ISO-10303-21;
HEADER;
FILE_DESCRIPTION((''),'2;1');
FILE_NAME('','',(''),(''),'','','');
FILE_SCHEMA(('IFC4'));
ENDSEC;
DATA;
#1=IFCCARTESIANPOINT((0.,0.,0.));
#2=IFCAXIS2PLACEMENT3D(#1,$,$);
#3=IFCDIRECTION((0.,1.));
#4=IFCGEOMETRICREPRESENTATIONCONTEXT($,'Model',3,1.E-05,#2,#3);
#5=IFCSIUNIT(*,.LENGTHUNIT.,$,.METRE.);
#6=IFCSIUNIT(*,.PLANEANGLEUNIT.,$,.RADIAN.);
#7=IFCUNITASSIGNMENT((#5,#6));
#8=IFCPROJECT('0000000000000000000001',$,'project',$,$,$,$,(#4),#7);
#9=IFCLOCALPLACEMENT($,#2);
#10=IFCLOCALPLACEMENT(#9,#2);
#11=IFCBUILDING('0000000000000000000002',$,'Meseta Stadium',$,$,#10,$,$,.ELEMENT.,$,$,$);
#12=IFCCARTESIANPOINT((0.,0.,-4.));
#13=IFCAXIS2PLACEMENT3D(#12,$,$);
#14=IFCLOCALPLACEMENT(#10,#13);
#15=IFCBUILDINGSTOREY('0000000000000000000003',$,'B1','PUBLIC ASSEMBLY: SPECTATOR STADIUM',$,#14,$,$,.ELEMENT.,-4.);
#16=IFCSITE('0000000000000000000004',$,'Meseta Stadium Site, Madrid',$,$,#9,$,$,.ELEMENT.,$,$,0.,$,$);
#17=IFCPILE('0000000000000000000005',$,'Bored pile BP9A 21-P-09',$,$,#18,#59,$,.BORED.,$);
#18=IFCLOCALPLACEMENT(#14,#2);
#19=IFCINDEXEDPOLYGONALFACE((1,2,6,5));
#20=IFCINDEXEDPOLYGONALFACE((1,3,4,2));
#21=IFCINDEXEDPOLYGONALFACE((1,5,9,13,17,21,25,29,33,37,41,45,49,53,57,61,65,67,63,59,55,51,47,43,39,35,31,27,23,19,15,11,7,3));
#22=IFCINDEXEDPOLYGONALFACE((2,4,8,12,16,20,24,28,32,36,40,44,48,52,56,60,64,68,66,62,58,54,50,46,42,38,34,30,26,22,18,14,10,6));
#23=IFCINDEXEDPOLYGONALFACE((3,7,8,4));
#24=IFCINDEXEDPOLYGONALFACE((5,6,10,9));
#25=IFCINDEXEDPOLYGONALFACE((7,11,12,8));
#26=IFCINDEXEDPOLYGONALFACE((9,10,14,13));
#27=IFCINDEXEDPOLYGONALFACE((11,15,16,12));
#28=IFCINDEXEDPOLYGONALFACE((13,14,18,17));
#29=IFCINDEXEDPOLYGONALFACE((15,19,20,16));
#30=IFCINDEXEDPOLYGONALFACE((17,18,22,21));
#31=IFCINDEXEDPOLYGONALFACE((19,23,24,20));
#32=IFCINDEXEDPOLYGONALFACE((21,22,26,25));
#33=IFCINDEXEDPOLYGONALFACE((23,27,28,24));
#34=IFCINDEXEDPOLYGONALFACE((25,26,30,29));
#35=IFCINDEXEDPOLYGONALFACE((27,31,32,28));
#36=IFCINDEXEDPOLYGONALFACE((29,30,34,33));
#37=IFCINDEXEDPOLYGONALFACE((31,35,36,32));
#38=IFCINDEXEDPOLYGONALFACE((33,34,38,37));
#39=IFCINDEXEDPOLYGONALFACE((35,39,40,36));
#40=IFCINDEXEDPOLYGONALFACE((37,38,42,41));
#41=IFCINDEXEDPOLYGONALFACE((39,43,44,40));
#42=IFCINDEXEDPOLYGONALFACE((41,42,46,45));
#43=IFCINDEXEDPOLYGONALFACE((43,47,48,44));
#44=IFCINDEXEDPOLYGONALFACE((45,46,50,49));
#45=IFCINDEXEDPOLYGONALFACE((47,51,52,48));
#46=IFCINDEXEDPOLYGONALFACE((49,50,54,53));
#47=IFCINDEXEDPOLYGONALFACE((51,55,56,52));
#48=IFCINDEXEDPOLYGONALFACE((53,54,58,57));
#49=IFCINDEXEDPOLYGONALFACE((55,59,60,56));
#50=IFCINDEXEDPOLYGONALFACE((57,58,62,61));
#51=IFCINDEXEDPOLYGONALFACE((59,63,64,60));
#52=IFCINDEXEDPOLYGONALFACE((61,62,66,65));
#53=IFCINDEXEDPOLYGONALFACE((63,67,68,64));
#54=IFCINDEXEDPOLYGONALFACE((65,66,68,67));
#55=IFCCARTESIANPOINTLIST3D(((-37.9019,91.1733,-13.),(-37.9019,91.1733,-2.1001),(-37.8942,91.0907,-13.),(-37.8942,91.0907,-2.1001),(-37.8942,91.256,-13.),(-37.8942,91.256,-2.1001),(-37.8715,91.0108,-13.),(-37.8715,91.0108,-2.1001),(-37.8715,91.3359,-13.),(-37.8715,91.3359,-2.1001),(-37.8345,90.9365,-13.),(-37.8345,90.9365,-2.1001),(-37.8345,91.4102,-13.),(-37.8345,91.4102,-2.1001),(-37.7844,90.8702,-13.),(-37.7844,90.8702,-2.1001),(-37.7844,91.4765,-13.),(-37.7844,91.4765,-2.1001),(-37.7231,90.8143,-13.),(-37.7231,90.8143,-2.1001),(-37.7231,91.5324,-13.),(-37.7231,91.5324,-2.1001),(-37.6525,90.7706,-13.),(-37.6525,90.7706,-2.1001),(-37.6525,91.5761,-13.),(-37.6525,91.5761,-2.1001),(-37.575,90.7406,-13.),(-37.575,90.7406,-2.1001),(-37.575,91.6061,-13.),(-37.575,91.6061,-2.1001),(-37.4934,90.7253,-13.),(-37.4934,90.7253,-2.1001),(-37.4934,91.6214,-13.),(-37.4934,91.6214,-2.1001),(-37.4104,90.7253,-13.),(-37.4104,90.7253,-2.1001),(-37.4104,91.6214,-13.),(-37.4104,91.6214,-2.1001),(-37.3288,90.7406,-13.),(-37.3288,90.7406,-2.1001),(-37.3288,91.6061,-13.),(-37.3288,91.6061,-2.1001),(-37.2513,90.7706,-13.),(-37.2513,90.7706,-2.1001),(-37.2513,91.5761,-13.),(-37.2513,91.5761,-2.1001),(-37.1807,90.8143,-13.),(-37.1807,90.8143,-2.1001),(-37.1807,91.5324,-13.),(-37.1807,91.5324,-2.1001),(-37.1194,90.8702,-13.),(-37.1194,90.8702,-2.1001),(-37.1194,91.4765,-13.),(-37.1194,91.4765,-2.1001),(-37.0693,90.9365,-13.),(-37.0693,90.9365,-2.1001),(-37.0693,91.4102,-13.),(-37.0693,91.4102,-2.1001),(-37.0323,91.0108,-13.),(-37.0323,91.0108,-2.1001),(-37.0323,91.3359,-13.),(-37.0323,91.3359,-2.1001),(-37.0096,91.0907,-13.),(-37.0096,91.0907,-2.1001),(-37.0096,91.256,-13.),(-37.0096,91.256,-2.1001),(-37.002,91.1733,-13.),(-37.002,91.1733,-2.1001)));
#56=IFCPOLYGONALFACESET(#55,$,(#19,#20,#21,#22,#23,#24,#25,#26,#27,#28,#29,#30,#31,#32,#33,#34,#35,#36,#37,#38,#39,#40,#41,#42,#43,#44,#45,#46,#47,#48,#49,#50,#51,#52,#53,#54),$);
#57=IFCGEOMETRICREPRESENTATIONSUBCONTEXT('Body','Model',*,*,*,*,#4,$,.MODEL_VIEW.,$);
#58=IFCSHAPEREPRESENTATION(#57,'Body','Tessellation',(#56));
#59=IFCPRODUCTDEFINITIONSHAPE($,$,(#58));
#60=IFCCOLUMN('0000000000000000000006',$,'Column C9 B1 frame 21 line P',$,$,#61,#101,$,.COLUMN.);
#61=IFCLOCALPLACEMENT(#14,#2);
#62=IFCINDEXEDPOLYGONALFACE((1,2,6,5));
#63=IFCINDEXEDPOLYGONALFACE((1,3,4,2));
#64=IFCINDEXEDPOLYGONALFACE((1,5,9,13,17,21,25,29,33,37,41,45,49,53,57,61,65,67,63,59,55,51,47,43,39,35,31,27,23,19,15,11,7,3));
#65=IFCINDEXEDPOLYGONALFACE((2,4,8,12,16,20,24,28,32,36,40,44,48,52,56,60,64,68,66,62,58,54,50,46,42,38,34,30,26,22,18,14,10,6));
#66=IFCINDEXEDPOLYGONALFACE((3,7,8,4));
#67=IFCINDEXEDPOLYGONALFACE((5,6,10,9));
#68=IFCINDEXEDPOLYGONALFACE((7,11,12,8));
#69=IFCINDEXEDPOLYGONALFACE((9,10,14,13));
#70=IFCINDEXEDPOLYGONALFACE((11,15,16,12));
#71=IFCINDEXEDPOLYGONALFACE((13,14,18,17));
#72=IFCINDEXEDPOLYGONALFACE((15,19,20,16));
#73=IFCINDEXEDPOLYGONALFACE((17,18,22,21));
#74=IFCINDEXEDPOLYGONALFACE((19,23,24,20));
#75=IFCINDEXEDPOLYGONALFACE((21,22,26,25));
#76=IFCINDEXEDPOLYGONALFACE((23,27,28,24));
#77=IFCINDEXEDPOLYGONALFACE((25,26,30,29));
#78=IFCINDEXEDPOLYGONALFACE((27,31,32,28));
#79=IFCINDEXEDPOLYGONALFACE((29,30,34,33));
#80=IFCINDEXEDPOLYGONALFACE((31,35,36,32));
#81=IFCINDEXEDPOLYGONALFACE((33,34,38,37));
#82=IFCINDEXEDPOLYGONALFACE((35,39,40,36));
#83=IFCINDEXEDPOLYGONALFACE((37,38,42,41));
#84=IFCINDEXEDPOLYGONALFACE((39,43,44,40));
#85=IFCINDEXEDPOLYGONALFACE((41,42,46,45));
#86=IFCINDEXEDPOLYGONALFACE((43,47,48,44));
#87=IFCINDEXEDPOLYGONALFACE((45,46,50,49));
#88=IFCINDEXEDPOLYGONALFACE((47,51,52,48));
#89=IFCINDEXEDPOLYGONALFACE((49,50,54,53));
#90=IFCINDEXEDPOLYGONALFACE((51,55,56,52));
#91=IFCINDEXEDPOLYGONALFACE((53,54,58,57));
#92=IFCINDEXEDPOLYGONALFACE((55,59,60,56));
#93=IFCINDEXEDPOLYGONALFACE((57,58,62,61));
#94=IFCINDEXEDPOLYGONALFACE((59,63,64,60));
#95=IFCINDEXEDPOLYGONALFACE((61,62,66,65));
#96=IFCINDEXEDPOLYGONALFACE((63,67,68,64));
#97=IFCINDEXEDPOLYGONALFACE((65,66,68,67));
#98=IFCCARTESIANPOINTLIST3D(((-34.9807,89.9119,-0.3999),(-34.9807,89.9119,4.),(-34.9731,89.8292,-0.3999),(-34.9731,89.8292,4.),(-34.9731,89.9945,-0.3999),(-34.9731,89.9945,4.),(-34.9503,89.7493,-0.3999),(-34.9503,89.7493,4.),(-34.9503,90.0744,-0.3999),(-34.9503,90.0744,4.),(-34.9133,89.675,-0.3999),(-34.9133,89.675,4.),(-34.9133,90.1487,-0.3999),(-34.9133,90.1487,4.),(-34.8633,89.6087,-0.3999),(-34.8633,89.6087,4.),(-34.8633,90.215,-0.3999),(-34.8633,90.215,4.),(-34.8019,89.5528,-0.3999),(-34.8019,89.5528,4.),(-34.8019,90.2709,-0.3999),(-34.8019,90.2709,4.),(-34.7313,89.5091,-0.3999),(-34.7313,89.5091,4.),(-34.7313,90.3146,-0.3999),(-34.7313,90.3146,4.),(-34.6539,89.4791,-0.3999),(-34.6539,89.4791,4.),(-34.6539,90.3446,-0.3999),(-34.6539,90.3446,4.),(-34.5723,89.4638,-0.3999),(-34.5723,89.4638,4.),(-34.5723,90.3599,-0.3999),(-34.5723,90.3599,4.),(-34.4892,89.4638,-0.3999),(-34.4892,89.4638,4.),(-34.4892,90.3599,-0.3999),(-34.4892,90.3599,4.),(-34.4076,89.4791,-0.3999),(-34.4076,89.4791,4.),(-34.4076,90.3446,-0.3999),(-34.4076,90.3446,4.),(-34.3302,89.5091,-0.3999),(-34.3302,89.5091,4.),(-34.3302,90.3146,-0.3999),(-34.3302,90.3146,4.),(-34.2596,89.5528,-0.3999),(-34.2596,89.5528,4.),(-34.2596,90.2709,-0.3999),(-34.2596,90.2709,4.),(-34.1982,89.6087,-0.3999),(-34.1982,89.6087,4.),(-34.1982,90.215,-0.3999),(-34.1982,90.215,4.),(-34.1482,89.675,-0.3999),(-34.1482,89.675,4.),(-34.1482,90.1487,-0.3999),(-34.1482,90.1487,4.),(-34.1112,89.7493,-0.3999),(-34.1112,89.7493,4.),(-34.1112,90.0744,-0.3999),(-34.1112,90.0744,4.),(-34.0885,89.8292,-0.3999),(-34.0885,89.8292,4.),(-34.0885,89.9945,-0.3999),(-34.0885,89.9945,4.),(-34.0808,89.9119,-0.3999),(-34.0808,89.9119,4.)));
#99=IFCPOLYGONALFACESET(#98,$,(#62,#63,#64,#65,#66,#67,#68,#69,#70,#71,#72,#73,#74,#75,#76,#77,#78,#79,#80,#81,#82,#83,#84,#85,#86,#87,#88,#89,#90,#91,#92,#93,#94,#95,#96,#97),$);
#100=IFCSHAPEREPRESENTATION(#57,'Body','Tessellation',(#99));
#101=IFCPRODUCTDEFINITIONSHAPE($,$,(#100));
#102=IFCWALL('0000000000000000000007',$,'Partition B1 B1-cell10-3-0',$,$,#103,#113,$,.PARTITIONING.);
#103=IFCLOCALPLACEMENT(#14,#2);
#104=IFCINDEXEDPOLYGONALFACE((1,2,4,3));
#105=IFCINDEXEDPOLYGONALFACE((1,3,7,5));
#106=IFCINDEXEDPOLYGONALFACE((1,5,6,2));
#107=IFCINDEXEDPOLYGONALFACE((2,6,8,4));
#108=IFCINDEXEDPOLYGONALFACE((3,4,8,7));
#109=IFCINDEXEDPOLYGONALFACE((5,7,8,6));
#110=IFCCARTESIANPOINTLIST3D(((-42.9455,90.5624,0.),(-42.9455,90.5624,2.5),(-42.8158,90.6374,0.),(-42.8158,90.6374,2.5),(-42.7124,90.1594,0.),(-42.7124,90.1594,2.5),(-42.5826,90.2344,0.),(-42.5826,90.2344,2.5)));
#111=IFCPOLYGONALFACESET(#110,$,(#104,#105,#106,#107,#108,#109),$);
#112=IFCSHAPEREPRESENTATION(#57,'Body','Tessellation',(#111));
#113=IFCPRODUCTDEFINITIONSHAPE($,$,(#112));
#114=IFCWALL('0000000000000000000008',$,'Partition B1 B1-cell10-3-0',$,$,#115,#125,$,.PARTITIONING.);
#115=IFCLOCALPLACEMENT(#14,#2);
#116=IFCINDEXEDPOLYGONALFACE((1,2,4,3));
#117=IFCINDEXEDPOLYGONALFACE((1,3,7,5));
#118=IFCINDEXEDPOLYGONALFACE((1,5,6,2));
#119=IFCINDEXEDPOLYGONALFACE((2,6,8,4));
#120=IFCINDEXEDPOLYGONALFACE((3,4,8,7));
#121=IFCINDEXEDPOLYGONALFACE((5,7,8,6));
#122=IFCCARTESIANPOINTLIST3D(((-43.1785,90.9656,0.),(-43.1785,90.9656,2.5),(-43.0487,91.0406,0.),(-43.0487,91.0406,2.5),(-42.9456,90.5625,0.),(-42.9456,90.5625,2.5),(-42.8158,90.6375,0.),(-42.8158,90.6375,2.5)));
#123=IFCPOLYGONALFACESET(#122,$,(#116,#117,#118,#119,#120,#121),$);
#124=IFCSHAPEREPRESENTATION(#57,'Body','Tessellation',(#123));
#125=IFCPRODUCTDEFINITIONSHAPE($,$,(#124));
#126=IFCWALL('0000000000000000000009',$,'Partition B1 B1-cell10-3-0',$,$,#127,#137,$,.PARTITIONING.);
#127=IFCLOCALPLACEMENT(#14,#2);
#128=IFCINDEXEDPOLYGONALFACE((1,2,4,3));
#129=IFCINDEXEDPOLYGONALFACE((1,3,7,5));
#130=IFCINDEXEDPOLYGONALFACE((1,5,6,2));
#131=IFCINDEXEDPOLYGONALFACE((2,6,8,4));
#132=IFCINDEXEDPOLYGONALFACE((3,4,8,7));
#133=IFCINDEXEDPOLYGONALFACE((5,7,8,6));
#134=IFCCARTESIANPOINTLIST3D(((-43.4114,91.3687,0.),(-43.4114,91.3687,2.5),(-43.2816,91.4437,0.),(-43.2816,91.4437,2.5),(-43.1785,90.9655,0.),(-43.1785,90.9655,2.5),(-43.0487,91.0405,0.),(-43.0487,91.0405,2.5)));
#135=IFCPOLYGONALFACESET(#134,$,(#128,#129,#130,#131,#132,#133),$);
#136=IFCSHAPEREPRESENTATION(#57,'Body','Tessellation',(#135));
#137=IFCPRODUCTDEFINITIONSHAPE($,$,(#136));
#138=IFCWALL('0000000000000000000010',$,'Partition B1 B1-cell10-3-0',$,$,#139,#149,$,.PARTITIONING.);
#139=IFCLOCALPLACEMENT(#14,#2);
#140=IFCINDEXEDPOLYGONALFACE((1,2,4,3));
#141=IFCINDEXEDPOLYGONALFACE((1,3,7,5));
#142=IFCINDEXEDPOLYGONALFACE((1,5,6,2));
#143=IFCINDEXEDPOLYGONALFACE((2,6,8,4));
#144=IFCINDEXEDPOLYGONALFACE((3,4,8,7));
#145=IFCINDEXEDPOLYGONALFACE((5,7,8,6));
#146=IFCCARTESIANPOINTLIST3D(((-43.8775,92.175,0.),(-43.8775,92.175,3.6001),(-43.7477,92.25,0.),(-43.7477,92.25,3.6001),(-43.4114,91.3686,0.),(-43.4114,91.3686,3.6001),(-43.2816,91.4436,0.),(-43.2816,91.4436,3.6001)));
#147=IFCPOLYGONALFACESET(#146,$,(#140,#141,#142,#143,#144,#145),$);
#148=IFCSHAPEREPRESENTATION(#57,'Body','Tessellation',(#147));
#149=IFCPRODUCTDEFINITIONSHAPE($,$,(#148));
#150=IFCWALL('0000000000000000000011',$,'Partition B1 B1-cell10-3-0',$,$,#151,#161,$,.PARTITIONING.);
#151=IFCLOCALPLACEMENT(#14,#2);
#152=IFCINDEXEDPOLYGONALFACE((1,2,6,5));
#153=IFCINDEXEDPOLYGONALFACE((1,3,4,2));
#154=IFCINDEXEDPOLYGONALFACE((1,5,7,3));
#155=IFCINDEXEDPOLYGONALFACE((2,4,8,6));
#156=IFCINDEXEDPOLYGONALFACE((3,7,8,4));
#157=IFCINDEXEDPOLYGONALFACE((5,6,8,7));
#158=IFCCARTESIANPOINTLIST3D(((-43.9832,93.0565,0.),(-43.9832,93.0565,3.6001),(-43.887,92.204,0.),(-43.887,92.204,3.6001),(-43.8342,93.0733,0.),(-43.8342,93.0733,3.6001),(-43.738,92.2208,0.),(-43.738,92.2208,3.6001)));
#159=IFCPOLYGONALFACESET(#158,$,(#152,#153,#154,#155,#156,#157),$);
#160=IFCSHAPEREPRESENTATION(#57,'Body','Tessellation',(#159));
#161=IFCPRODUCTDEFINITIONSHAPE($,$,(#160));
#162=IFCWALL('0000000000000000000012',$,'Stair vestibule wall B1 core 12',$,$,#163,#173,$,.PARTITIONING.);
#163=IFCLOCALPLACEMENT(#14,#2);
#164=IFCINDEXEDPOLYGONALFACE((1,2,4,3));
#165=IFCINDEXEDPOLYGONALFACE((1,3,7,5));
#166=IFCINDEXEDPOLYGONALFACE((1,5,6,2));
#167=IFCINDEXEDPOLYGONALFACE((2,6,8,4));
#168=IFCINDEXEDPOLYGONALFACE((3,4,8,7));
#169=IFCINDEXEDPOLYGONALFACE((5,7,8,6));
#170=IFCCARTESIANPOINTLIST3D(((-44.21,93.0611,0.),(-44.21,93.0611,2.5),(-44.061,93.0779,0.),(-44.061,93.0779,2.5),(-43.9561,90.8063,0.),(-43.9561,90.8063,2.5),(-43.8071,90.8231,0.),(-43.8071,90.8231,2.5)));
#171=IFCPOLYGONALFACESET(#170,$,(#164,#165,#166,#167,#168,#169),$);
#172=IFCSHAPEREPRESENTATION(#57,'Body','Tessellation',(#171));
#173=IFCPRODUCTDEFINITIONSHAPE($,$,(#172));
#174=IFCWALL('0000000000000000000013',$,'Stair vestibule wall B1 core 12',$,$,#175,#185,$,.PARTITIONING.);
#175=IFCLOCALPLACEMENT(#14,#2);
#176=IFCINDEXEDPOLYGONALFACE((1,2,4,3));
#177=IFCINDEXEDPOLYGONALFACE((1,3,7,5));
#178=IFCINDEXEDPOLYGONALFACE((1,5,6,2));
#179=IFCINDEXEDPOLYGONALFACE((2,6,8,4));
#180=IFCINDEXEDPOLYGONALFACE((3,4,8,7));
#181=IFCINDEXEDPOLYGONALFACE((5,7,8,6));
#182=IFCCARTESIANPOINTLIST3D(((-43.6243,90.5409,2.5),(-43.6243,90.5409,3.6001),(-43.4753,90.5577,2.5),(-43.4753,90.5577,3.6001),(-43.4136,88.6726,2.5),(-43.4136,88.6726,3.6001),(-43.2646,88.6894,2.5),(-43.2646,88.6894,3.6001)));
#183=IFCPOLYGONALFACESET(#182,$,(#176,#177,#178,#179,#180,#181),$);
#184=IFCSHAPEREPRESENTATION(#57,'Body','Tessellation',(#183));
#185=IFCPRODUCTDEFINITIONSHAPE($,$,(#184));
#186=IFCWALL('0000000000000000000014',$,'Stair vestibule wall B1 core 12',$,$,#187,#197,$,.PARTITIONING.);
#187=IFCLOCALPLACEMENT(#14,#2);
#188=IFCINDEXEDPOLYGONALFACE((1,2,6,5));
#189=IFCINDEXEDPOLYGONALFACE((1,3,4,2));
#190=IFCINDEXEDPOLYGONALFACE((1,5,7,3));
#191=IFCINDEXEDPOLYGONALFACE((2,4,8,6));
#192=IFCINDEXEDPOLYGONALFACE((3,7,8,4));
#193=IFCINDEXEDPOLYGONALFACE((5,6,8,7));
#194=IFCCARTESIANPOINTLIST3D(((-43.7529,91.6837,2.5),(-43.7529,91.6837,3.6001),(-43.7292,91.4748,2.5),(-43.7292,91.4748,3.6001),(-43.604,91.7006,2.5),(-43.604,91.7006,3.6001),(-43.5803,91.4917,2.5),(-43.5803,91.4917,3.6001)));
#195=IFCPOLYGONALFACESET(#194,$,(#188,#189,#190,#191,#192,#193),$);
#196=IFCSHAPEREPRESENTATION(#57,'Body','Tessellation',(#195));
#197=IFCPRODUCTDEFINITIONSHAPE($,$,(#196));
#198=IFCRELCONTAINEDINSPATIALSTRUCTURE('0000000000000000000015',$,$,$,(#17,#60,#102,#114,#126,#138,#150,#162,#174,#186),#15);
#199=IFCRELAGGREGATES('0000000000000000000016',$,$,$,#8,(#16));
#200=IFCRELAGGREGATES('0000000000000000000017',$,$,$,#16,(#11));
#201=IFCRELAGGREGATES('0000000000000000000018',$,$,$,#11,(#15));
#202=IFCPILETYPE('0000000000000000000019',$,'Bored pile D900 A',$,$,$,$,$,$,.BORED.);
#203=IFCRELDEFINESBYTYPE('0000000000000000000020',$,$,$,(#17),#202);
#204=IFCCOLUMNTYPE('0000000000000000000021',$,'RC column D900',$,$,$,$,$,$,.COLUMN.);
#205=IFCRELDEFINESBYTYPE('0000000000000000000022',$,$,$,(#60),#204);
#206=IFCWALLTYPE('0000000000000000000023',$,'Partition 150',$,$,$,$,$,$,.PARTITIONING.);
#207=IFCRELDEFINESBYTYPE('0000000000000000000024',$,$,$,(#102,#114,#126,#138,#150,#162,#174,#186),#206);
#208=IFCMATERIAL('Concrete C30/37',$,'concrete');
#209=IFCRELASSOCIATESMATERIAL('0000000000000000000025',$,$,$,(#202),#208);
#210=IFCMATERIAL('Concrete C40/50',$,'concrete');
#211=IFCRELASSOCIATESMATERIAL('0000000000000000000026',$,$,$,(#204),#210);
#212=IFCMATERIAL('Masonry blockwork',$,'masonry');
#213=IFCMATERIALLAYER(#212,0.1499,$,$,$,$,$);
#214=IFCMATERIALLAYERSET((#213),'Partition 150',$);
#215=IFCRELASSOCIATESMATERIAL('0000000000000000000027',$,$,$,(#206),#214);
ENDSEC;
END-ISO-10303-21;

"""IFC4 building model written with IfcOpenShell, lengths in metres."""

from ifc_helpers import new_model, si_unit, direction, frame, frame_2d, origin, origin_2d, place, context, subcontext, project, spatial, rectangle, circle, extrude, material, layer, layer_set, material_profile, profile_set, type_object, element, save


model = new_model("IFC4")

# Units and contexts
model_context = context("Model", 3, precision=1e-05, world=origin(), true_north=direction((0.0, 1.0)))
body_context = subcontext(model_context, "Body", "Model", "MODEL_VIEW")
ifc_project = project(units=[si_unit("LENGTHUNIT", "METRE"), si_unit("PLANEANGLEUNIT", "RADIAN")], contexts=[model_context])

# Site, building, storey
site_placement = place(None, origin())
site = spatial("IfcSite", under=ifc_project, at=site_placement, Name="Meseta Stadium Site, Madrid", CompositionType="ELEMENT", RefElevation=0.0)
building_placement = place(site_placement, origin())
building = spatial("IfcBuilding", under=site, at=building_placement, Name="Meseta Stadium", CompositionType="ELEMENT")
storey_placement = place(building_placement, frame((0.0, 0.0, -4.0)))
storey = spatial("IfcBuildingStorey", under=building, at=storey_placement, Name="B1", Description="PUBLIC ASSEMBLY: SPECTATOR STADIUM", CompositionType="ELEMENT", Elevation=-4.0)

# Pile
ifc_material_1 = material(Name="Concrete C30/37", Category="concrete")
ifc_material_profile_1 = material_profile(ifc_material_1, circle(Radius=0.45, at=origin_2d()), Name="D900")
ifc_profile_set_1 = profile_set([ifc_material_profile_1], Name="Concrete C30/37")
pile_type = type_object("IfcPileType", Name="Bored pile D900 A", PredefinedType="BORED", material=ifc_profile_set_1)
for number, where, z_axis, x_axis, name in (
    (1, (-37.4519, 91.1733, -2.1001), (0.0, 0.0, -1.0), (1.0, 0.0, 0.0), "Bored pile BP9A 21-P-09"),
):
    element("IfcPile", number, at=place(storey_placement, frame(where, z_axis=z_axis, x_axis=x_axis)), inside=storey, type_object=pile_type, Name=name, PredefinedType="BORED", context=body_context, shape_type="SweptSolid", body=[
        extrude(circle(Radius=0.45, at=origin_2d()), origin(), (0.0, 0.0, 1.0), 10.8999),
    ])

# Column
ifc_material_2 = material(Name="Concrete C40/50", Category="concrete")
ifc_material_profile_2 = material_profile(ifc_material_2, circle(Radius=0.45, at=origin_2d()), Name="RC D900")
ifc_profile_set_2 = profile_set([ifc_material_profile_2], Name="Concrete C40/50")
column_type = type_object("IfcColumnType", Name="RC column D900", PredefinedType="COLUMN", material=ifc_profile_set_2)
column_placement = place(storey_placement, frame((-34.5308, 89.9119, -0.3999), z_axis=(0.0, 0.0, 1.0), x_axis=(1.0, 0.0, 0.0)))
element("IfcColumn", 2, at=column_placement, inside=storey, type_object=column_type, Name="Column C9 B1 frame 21 line P", PredefinedType="COLUMN", context=body_context, shape_type="SweptSolid", body=[
    extrude(circle(Radius=0.45, at=origin_2d()), origin(), (0.0, 0.0, 1.0), 4.3999),
])

# Walls
ifc_material_3 = material(Name="Masonry blockwork", Category="masonry")
ifc_layer = layer(ifc_material_3, 0.1499)
ifc_layer_set = layer_set([ifc_layer], Name="Partition 150")
wall_type = type_object("IfcWallType", Name="Partition 150", PredefinedType="PARTITIONING", material=ifc_layer_set)
for number, where, z_axis, x_axis, name in (
    (3, (-42.6475, 90.1968, 0.0), (0.0, 0.0, 1.0), (-0.500706, 0.865618, 0.0), "Partition B1 B1-cell10-3-0"),
    (4, (-42.8806, 90.5999, 0.0), (0.0, 0.0, 1.0), (-0.500313, 0.865845, 0.0), "Partition B1 B1-cell10-3-0"),
    (5, (-43.1135, 91.0029, 0.0), (0.0, 0.0, 1.0), (-0.500313, 0.865845, 0.0), "Partition B1 B1-cell10-3-0"),
):
    element("IfcWall", number, at=place(storey_placement, frame(where, z_axis=z_axis, x_axis=x_axis)), inside=storey, type_object=wall_type, Name=name, PredefinedType="PARTITIONING", context=body_context, shape_type="SweptSolid", body=[
        extrude(rectangle(XDim=0.4656, YDim=0.1499, at=frame_2d((0.2329, 0.0))), origin(), (0.0, 0.0, 1.0), 2.5),
    ])
wall_1_placement = place(storey_placement, frame((-43.3464, 91.406, 0.0), z_axis=(0.0, 0.0, 1.0), x_axis=(-0.500396, 0.865797, 0.0)))
element("IfcWall", 6, at=wall_1_placement, inside=storey, type_object=wall_type, Name="Partition B1 B1-cell10-3-0", PredefinedType="PARTITIONING", context=body_context, shape_type="SweptSolid", body=[
    extrude(rectangle(XDim=0.9314, YDim=0.1499, at=frame_2d((0.4658, 0.0))), origin(), (0.0, 0.0, 1.0), 3.6001),
])
wall_2_placement = place(storey_placement, frame((-43.8125, 92.2124, 0.0), z_axis=(0.0, 0.0, 1.0), x_axis=(-0.112118, 0.993695, 0.0)))
element("IfcWall", 7, at=wall_2_placement, inside=storey, type_object=wall_type, Name="Partition B1 B1-cell10-3-0", PredefinedType="PARTITIONING", context=body_context, shape_type="SweptSolid", body=[
    extrude(rectangle(XDim=0.8579, YDim=0.1499, at=frame_2d((0.429, 0.0))), origin(), (0.0, 0.0, 1.0), 3.6001),
])
wall_3_placement = place(storey_placement, frame((-43.8816, 90.8147, 0.0), z_axis=(0.0, 0.0, 1.0), x_axis=(-0.111896, 0.99372, 0.0)))
element("IfcWall", 8, at=wall_3_placement, inside=storey, type_object=wall_type, Name="Stair vestibule wall B1 core 12", PredefinedType="PARTITIONING", context=body_context, shape_type="SweptSolid", body=[
    extrude(rectangle(XDim=2.269, YDim=0.1499, at=frame_2d((1.1345, 0.0))), origin(), (0.0, 0.0, 1.0), 2.5),
])
wall_4_placement = place(storey_placement, frame((-43.3391, 88.6812, 2.5), z_axis=(0.0, 0.0, 1.0), x_axis=(-0.11207, 0.9937, 0.0)))
element("IfcWall", 9, at=wall_4_placement, inside=storey, type_object=wall_type, Name="Stair vestibule wall B1 core 12", PredefinedType="PARTITIONING", context=body_context, shape_type="SweptSolid", body=[
    extrude(rectangle(XDim=1.8801, YDim=0.1499, at=frame_2d((0.9399, 0.0))), origin(), (0.0, 0.0, 1.0), 1.1001),
])
wall_5_placement = place(storey_placement, frame((-43.6548, 91.4834, 2.5), z_axis=(0.0, 0.0, 1.0), x_axis=(-0.112597, 0.993641, 0.0)))
element("IfcWall", 10, at=wall_5_placement, inside=storey, type_object=wall_type, Name="Stair vestibule wall B1 core 12", PredefinedType="PARTITIONING", context=body_context, shape_type="SweptSolid", body=[
    extrude(rectangle(XDim=0.2102, YDim=0.1499, at=frame_2d((0.105, 0.0))), origin(), (0.0, 0.0, 1.0), 1.1001),
])

save(model, "model.ifc")
